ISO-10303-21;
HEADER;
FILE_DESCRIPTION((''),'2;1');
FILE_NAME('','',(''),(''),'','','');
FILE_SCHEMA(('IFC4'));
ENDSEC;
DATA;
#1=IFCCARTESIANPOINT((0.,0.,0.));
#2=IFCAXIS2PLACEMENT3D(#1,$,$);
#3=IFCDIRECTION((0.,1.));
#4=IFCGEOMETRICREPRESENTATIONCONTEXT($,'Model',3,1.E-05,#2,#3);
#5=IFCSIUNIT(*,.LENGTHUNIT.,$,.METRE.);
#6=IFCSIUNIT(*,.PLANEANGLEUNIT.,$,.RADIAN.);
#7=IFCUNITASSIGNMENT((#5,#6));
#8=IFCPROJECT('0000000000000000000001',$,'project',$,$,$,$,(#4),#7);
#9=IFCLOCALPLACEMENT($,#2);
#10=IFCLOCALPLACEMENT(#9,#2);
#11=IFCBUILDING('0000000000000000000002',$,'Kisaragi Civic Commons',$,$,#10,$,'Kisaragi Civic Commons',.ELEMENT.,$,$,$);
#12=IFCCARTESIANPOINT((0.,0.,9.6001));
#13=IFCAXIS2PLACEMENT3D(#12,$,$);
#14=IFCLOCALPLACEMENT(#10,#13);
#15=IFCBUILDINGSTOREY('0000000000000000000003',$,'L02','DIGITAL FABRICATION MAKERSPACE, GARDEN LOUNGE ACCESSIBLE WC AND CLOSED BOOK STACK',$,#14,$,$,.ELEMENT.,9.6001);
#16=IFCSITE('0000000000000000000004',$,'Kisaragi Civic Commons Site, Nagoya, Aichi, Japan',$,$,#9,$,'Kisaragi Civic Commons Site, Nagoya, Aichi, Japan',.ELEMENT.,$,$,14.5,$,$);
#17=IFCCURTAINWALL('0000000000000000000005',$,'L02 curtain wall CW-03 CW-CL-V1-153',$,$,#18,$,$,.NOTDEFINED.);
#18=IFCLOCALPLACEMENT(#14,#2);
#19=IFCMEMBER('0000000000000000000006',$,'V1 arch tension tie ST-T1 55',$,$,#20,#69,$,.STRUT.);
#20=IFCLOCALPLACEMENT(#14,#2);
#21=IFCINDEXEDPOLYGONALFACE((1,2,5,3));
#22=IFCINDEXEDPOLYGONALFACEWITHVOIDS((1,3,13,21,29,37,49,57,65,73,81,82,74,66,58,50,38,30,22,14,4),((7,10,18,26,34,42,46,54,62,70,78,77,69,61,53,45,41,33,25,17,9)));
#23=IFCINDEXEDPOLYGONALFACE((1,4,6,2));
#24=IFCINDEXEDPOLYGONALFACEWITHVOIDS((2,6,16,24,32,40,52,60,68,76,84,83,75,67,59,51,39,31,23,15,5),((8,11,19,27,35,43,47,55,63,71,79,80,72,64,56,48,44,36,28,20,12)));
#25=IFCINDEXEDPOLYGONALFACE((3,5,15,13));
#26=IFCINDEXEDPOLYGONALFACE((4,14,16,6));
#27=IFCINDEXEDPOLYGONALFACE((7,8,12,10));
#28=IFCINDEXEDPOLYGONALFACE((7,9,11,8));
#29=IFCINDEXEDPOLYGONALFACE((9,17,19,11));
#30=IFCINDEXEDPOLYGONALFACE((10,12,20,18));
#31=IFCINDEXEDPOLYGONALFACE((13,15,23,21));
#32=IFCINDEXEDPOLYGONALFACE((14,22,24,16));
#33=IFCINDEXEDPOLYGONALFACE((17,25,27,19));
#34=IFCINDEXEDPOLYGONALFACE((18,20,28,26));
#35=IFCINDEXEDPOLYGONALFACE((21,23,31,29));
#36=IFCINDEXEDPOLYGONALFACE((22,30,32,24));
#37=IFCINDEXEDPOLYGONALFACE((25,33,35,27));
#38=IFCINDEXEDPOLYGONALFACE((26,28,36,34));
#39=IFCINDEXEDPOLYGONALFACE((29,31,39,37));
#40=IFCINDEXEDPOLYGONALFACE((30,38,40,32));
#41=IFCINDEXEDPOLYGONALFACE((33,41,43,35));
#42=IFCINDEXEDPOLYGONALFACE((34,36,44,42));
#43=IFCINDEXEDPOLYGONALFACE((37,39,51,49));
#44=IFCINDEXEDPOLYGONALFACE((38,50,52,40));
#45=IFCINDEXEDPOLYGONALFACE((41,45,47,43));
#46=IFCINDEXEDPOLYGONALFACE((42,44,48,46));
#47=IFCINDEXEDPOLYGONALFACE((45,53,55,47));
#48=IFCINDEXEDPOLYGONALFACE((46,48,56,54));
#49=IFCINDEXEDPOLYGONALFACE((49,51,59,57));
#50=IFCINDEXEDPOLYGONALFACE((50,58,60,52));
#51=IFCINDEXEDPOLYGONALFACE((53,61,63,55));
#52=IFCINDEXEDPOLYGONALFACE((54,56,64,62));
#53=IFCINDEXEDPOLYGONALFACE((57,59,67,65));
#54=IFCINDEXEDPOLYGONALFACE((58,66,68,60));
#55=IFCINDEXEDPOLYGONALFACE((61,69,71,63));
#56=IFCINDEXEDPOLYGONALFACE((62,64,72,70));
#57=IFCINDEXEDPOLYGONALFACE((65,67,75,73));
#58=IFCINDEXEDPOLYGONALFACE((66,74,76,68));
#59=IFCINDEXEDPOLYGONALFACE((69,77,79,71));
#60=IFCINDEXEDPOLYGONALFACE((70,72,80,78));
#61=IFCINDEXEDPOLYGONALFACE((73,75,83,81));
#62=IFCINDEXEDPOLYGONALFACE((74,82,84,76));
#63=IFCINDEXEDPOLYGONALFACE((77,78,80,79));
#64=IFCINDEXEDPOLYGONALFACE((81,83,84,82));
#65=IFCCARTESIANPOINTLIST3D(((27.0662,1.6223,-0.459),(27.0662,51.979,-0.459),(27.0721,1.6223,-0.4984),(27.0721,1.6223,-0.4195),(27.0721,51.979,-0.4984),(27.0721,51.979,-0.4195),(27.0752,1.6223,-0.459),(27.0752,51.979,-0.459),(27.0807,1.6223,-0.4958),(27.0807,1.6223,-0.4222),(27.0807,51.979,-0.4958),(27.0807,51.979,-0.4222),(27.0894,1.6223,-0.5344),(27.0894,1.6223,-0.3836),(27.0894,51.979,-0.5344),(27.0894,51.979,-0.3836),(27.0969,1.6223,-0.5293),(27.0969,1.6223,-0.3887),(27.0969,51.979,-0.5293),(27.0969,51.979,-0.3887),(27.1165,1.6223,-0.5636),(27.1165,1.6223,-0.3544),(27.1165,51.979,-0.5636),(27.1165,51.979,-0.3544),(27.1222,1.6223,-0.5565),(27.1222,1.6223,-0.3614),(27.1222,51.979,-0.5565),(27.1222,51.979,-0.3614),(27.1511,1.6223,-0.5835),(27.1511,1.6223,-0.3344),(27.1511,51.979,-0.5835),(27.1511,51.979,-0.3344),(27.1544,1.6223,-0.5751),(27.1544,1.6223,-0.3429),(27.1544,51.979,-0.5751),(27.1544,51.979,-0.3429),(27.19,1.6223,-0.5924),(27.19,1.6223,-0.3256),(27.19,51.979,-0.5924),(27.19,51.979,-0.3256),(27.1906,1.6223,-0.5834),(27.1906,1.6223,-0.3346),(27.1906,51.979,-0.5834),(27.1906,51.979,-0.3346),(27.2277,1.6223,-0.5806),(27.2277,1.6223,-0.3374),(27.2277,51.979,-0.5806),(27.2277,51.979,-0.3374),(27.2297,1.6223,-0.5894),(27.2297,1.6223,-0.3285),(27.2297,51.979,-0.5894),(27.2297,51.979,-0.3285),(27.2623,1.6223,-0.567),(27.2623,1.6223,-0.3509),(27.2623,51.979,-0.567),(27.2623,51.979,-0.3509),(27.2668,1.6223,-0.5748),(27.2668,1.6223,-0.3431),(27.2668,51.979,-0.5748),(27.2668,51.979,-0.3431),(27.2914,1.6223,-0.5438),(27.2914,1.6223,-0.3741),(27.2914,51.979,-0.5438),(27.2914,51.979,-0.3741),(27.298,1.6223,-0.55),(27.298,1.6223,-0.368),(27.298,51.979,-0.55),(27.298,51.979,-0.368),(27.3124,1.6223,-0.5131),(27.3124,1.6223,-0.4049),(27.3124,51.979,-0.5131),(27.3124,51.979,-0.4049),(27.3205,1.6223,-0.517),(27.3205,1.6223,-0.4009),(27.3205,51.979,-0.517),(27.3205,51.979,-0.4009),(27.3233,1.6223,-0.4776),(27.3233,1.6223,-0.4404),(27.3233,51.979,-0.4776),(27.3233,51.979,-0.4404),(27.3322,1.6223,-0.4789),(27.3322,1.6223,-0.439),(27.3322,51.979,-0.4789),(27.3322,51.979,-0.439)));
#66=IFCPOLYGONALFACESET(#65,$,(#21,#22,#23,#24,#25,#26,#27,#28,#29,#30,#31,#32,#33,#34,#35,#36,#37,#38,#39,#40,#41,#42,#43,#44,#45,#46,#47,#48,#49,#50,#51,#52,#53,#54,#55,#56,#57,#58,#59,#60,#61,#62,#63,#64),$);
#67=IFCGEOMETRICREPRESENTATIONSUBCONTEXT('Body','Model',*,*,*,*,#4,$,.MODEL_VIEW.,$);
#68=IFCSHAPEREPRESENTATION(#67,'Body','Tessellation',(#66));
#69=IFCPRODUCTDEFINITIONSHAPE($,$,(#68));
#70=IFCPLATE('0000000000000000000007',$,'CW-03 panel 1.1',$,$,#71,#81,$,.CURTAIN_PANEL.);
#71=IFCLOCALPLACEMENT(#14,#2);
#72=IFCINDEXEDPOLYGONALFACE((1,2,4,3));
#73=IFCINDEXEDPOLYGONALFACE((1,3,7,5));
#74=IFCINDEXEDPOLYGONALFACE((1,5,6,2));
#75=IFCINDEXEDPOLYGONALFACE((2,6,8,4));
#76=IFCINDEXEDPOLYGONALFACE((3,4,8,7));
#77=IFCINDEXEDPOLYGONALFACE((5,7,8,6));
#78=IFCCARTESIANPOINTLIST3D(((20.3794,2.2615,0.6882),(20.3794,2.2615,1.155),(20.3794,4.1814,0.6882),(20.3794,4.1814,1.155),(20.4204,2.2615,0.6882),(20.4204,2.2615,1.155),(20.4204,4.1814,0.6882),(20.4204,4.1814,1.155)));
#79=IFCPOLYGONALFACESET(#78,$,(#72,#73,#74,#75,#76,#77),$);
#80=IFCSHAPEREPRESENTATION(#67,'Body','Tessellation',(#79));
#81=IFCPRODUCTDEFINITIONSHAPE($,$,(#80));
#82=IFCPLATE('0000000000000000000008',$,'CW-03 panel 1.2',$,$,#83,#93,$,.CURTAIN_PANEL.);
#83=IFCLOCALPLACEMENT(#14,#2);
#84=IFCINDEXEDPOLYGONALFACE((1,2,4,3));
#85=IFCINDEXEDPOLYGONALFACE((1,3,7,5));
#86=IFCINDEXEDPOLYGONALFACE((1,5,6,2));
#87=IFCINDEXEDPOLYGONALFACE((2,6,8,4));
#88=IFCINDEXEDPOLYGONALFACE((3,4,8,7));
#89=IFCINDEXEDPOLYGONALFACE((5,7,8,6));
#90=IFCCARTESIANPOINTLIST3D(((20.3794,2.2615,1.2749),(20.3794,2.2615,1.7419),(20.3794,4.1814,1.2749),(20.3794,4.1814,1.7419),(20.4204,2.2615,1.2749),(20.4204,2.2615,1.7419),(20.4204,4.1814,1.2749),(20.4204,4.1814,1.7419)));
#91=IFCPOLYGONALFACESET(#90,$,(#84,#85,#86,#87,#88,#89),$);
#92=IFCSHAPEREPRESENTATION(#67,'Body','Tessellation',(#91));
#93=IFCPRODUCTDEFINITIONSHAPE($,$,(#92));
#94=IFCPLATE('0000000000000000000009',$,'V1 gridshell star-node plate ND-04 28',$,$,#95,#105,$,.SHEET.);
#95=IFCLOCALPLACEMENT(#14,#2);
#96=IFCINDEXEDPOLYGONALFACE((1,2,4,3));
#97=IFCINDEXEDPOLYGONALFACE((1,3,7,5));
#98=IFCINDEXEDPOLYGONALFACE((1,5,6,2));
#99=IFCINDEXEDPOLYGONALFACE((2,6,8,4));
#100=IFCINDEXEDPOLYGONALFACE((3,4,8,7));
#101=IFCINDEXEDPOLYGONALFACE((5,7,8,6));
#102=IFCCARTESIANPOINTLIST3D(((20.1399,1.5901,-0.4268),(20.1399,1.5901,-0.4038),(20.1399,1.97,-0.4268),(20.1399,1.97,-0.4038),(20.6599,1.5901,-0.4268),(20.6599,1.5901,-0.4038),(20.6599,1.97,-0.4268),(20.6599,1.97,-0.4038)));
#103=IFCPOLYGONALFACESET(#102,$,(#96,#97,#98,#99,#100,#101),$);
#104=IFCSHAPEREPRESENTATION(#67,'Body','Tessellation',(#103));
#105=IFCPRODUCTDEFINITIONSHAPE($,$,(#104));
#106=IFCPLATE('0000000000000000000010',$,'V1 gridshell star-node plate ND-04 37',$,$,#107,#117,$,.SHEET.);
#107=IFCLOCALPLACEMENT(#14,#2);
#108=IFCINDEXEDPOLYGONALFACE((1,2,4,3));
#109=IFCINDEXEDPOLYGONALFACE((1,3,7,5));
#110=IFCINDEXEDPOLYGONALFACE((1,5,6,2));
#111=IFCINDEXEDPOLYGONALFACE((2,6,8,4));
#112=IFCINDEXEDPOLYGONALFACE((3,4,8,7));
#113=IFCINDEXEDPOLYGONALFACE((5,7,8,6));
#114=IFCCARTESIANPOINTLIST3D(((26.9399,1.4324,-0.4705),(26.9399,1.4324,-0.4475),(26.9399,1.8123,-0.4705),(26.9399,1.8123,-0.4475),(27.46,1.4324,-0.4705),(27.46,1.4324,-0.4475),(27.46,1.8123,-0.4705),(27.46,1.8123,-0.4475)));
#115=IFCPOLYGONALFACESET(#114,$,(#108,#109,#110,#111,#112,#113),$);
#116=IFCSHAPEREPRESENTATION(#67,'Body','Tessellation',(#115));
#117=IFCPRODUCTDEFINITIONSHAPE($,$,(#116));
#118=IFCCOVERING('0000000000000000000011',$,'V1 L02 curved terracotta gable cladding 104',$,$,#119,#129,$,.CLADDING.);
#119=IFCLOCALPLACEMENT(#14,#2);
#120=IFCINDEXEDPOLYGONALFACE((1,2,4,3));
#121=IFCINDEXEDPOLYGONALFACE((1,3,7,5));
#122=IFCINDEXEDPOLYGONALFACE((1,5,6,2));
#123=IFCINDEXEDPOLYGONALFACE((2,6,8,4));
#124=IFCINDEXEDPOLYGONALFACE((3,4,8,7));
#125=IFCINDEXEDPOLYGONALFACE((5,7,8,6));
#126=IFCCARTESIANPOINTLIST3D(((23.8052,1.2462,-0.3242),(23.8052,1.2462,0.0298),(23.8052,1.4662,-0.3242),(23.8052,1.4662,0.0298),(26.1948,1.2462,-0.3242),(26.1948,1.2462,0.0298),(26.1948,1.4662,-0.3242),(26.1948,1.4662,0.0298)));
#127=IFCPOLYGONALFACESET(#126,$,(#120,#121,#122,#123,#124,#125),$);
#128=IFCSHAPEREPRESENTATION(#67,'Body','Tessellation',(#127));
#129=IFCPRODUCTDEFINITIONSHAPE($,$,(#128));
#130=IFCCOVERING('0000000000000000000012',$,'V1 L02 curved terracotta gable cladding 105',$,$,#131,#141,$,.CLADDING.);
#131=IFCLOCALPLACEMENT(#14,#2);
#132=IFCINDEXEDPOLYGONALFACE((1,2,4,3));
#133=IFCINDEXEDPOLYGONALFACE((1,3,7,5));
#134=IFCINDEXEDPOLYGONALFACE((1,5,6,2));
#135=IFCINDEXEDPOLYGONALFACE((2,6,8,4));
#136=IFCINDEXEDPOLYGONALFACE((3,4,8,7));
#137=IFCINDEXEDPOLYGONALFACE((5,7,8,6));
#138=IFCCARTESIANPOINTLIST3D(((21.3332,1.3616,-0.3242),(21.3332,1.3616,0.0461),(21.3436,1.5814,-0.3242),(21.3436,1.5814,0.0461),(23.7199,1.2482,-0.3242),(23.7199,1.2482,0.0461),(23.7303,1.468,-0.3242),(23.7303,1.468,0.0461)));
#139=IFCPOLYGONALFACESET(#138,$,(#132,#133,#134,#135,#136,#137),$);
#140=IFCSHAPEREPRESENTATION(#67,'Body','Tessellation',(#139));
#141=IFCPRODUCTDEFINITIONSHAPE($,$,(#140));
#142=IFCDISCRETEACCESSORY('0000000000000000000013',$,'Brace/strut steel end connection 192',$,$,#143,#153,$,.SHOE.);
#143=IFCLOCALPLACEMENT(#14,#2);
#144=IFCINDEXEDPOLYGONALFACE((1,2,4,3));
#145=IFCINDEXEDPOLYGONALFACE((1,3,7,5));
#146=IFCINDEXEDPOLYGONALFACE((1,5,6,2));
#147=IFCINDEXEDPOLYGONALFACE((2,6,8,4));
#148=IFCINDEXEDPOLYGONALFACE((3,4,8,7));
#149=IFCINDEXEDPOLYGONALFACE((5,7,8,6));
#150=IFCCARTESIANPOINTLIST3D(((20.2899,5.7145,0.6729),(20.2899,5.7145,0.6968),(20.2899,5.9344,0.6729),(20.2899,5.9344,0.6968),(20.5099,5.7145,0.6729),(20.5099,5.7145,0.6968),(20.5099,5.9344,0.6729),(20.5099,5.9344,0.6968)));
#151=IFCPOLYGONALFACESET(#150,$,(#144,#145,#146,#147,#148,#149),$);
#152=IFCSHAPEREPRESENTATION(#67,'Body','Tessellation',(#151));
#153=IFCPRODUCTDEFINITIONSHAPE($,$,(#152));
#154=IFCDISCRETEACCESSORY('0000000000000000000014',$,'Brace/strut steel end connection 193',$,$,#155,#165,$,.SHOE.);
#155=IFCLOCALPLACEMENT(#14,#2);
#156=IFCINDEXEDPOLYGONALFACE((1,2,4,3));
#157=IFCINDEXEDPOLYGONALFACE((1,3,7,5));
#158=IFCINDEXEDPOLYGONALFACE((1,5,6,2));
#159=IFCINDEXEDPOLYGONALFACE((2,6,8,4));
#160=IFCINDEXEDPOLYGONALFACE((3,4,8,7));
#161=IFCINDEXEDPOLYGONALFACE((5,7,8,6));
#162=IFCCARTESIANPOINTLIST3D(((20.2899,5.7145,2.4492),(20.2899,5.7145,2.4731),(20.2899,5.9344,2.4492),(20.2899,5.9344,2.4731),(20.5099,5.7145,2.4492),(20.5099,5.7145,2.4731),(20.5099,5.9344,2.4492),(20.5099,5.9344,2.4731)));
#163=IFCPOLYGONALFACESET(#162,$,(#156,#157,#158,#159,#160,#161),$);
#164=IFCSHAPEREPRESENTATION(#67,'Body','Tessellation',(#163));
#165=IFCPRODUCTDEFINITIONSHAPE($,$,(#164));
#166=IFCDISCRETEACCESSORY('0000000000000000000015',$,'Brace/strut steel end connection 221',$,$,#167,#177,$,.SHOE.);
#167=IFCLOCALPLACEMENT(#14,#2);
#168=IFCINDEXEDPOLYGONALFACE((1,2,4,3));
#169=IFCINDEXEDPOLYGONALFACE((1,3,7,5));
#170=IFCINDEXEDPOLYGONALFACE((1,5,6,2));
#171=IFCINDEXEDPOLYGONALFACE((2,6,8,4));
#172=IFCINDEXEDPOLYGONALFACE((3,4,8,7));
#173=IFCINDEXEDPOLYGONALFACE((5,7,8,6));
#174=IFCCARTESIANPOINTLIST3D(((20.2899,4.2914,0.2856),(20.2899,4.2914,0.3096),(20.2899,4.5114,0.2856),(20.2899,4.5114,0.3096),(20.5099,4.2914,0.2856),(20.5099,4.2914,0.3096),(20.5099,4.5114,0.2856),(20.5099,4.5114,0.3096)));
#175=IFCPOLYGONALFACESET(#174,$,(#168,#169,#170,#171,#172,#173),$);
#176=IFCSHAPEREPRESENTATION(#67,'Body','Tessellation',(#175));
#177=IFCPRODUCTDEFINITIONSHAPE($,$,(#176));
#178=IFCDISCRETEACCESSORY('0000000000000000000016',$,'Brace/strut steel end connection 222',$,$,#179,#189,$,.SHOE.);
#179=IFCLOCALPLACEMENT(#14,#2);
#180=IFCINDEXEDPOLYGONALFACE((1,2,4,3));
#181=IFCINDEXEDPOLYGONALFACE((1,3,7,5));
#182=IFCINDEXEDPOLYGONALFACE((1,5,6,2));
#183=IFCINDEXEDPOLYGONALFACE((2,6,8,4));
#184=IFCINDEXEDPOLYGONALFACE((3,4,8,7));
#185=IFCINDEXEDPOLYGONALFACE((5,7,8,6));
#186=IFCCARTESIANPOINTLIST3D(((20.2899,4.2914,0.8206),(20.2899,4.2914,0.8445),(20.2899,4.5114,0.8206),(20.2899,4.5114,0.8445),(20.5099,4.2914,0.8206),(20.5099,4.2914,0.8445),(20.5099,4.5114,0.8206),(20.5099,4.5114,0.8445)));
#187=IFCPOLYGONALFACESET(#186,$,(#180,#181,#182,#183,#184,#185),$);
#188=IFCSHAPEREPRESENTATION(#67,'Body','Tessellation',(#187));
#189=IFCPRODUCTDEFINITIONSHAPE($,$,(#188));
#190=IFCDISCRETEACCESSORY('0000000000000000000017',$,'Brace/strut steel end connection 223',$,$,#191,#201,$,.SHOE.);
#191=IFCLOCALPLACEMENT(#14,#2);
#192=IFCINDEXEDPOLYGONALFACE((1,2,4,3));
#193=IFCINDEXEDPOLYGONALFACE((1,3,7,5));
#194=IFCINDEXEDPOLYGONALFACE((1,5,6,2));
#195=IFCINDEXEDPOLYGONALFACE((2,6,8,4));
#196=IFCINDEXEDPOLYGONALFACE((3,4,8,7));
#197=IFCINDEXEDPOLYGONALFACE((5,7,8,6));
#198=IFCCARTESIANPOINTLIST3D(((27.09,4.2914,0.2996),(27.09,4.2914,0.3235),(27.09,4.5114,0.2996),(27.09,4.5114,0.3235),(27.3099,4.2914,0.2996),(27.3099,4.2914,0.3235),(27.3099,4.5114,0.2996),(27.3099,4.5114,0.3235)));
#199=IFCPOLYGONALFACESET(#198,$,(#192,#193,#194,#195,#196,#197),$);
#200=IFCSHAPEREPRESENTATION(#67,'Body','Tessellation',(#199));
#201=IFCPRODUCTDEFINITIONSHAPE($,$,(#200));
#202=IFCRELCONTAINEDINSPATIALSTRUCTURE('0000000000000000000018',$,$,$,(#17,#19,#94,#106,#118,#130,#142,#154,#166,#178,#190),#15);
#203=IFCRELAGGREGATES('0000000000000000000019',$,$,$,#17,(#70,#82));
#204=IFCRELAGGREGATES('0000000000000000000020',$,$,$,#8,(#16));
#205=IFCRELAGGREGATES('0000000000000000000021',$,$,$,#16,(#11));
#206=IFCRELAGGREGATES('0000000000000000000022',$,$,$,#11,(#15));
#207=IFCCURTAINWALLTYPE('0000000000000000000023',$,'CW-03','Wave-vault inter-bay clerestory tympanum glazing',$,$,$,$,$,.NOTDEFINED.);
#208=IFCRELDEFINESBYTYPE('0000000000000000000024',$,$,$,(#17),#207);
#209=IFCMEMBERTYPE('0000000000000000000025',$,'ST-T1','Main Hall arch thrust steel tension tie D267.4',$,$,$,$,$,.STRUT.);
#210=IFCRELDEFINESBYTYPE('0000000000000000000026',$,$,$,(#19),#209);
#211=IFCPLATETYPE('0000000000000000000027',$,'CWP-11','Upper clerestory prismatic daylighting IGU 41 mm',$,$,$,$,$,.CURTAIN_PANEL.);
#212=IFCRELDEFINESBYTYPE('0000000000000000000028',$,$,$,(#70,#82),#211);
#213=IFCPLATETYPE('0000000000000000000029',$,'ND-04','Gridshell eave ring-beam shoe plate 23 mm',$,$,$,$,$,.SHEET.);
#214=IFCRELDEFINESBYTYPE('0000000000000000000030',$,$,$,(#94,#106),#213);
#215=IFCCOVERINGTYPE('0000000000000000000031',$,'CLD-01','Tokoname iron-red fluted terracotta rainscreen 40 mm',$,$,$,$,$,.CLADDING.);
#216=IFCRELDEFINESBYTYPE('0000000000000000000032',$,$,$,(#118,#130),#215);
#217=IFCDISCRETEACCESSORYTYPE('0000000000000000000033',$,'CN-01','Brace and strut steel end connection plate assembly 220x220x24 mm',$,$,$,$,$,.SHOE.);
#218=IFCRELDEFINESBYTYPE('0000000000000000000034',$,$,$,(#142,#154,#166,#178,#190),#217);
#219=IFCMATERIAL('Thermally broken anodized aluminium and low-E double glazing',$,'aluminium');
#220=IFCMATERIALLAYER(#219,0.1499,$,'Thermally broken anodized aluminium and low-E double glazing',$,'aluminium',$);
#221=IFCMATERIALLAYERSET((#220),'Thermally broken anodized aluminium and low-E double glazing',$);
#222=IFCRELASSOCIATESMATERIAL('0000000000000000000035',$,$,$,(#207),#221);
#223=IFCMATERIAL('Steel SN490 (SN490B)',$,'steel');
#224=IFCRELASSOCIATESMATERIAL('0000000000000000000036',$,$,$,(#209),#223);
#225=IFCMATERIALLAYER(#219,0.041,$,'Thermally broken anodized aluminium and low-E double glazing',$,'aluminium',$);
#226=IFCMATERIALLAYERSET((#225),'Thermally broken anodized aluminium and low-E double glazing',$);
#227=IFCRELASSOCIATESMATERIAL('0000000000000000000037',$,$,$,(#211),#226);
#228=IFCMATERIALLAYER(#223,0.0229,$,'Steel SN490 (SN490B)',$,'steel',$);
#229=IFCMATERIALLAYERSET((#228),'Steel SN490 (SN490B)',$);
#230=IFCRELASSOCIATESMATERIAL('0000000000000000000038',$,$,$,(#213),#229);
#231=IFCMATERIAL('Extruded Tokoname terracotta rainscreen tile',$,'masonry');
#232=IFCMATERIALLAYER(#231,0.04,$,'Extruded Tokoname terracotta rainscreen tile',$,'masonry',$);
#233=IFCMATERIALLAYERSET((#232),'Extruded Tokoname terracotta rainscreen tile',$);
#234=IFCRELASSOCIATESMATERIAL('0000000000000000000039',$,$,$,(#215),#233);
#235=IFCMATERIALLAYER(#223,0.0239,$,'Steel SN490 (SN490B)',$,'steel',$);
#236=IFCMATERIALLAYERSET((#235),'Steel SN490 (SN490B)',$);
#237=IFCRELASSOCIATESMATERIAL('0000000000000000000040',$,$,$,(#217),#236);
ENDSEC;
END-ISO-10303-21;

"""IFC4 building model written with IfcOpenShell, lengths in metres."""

from ifc_helpers import new_model, si_unit, direction, frame, origin, origin_2d, place, context, subcontext, project, spatial, rectangle, hollow_circle, extrude, material, layer, layer_set, material_profile, profile_set, type_object, element, aggregate, save


model = new_model("IFC4")

# Units and contexts
model_context = context("Model", 3, precision=1e-05, world=origin(), true_north=direction((0.0, 1.0)))
body_context = subcontext(model_context, "Body", "Model", "MODEL_VIEW")
ifc_project = project(units=[si_unit("LENGTHUNIT", "METRE"), si_unit("PLANEANGLEUNIT", "RADIAN")], contexts=[model_context])

# Site, building, storey
site_placement = place(None, origin())
site = spatial("IfcSite", under=ifc_project, at=site_placement, Name="Kisaragi Civic Commons Site, Nagoya, Aichi, Japan", LongName="Kisaragi Civic Commons Site, Nagoya, Aichi, Japan", CompositionType="ELEMENT", RefElevation=14.5)
building_placement = place(site_placement, origin())
building = spatial("IfcBuilding", under=site, at=building_placement, Name="Kisaragi Civic Commons", LongName="Kisaragi Civic Commons", CompositionType="ELEMENT")
storey_placement = place(building_placement, frame((0.0, 0.0, 9.6001)))
storey = spatial("IfcBuildingStorey", under=building, at=storey_placement, Name="L02", Description="DIGITAL FABRICATION MAKERSPACE, GARDEN LOUNGE ACCESSIBLE WC AND CLOSED BOOK STACK", CompositionType="ELEMENT", Elevation=9.6001)

# Curtain wall
ifc_material_1 = material(Name="Thermally broken anodized aluminium and low-E double glazing", Category="aluminium")
ifc_layer_1 = layer(ifc_material_1, 0.1499, Name="Thermally broken anodized aluminium and low-E double glazing", Category="aluminium")
ifc_layer_set_1 = layer_set([ifc_layer_1], Name="Thermally broken anodized aluminium and low-E double glazing")
curtain_wall_type = type_object("IfcCurtainWallType", Name="CW-03", Description="Wave-vault inter-bay clerestory tympanum glazing", PredefinedType="NOTDEFINED", material=ifc_layer_set_1)
curtain_wall_1_placement = place(storey_placement, origin())
curtain_wall_1 = element("IfcCurtainWall", 1, at=curtain_wall_1_placement, inside=storey, type_object=curtain_wall_type, Name="L02 curtain wall CW-03 CW-CL-V1-153", PredefinedType="NOTDEFINED")

# Member
ifc_material_2 = material(Name="Steel SN490 (SN490B)", Category="steel")
ifc_material_profile_1 = material_profile(ifc_material_2, hollow_circle(Radius=0.1338, WallThickness=0.009, at=origin_2d()), Name="CHS-267.4x9.0", Category="steel")
ifc_profile_set_1 = profile_set([ifc_material_profile_1], Name="Steel SN490 (SN490B)")
member_type_1 = type_object("IfcMemberType", Name="ST-T1", Description="Main Hall arch thrust steel tension tie D267.4", PredefinedType="STRUT", material=ifc_profile_set_1)
member_1_placement = place(storey_placement, frame((27.2, 1.6223, -0.459), z_axis=(0.0, 1.0, 0.0), x_axis=(-1.0, 0.0, 0.0)))
element("IfcMember", 2, at=member_1_placement, inside=storey, type_object=member_type_1, Name="V1 arch tension tie ST-T1 55", PredefinedType="STRUT", context=body_context, shape_type="SweptSolid", body=[
    extrude(hollow_circle(Radius=0.1338, WallThickness=0.009, at=origin_2d()), origin(), (0.0, 0.0, 1.0), 50.3567),
])

# Plates
ifc_layer_2 = layer(ifc_material_1, 0.041, Name="Thermally broken anodized aluminium and low-E double glazing", Category="aluminium")
ifc_layer_set_2 = layer_set([ifc_layer_2], Name="Thermally broken anodized aluminium and low-E double glazing")
plate_type_1 = type_object("IfcPlateType", Name="CWP-11", Description="Upper clerestory prismatic daylighting IGU 41 mm", PredefinedType="CURTAIN_PANEL", material=ifc_layer_set_2)
plate_1_placement = place(storey_placement, frame((20.3999, 3.2214, 0.6882), z_axis=(0.0, 0.0, 1.0), x_axis=(0.0, 1.0, 0.0)))
plate_1 = element("IfcPlate", 3, at=plate_1_placement, type_object=plate_type_1, Name="CW-03 panel 1.1", PredefinedType="CURTAIN_PANEL", context=body_context, shape_type="SweptSolid", body=[
    extrude(rectangle(XDim=1.9199, YDim=0.041, at=origin_2d()), origin(), (0.0, 0.0, 1.0), 0.4668),
])
plate_2_placement = place(storey_placement, frame((20.3999, 3.2214, 1.2749), z_axis=(0.0, 0.0, 1.0), x_axis=(0.0, 1.0, 0.0)))
plate_2 = element("IfcPlate", 4, at=plate_2_placement, type_object=plate_type_1, Name="CW-03 panel 1.2", PredefinedType="CURTAIN_PANEL", context=body_context, shape_type="SweptSolid", body=[
    extrude(rectangle(XDim=1.9199, YDim=0.041, at=origin_2d()), origin(), (0.0, 0.0, 1.0), 0.467),
])
aggregate(curtain_wall_1, [plate_1, plate_2])

# Plates
ifc_layer_3 = layer(ifc_material_2, 0.0229, Name="Steel SN490 (SN490B)", Category="steel")
ifc_layer_set_3 = layer_set([ifc_layer_3], Name="Steel SN490 (SN490B)")
plate_type_2 = type_object("IfcPlateType", Name="ND-04", Description="Gridshell eave ring-beam shoe plate 23 mm", PredefinedType="SHEET", material=ifc_layer_set_3)
for number, where, z_axis, x_axis, name in (
    (5, (20.3999, 1.78, -0.4268), (0.0, 0.0, 1.0), (1.0, 0.0, 0.0), "V1 gridshell star-node plate ND-04 28"),
    (6, (27.2, 1.6223, -0.4705), (0.0, 0.0, 1.0), (1.0, 0.0, 0.0), "V1 gridshell star-node plate ND-04 37"),
):
    element("IfcPlate", number, at=place(storey_placement, frame(where, z_axis=z_axis, x_axis=x_axis)), inside=storey, type_object=plate_type_2, Name=name, PredefinedType="SHEET", context=body_context, shape_type="SweptSolid", body=[
        extrude(rectangle(XDim=0.52, YDim=0.3799, at=origin_2d()), origin(), (0.0, 0.0, 1.0), 0.0229),
    ])

# Coverings
ifc_material_3 = material(Name="Extruded Tokoname terracotta rainscreen tile", Category="masonry")
ifc_layer_4 = layer(ifc_material_3, 0.04, Name="Extruded Tokoname terracotta rainscreen tile", Category="masonry")
ifc_layer_set_4 = layer_set([ifc_layer_4], Name="Extruded Tokoname terracotta rainscreen tile")
covering_type = type_object("IfcCoveringType", Name="CLD-01", Description="Tokoname iron-red fluted terracotta rainscreen 40 mm", PredefinedType="CLADDING", material=ifc_layer_set_4)
covering_1_placement = place(storey_placement, frame((25.0, 1.3562, -0.3242), z_axis=(0.0, 0.0, 1.0), x_axis=(-1.0, 0.0, 0.0)))
element("IfcCovering", 7, at=covering_1_placement, inside=storey, type_object=covering_type, Name="V1 L02 curved terracotta gable cladding 104", PredefinedType="CLADDING", context=body_context, shape_type="SweptSolid", body=[
    extrude(rectangle(XDim=2.3896, YDim=0.22, at=origin_2d()), origin(), (0.0, 0.0, 1.0), 0.354),
])
covering_2_placement = place(storey_placement, frame((22.5317, 1.4148, -0.3242), z_axis=(0.0, 0.0, 1.0), x_axis=(-0.998873, 0.047455, 0.0)))
element("IfcCovering", 8, at=covering_2_placement, inside=storey, type_object=covering_type, Name="V1 L02 curved terracotta gable cladding 105", PredefinedType="CLADDING", context=body_context, shape_type="SweptSolid", body=[
    extrude(rectangle(XDim=2.3894, YDim=0.22, at=origin_2d()), origin(), (0.0, 0.0, 1.0), 0.3704),
])

# Discrete accessories
ifc_layer_5 = layer(ifc_material_2, 0.0239, Name="Steel SN490 (SN490B)", Category="steel")
ifc_layer_set_5 = layer_set([ifc_layer_5], Name="Steel SN490 (SN490B)")
discrete_accessory_type = type_object("IfcDiscreteAccessoryType", Name="CN-01", Description="Brace and strut steel end connection plate assembly 220x220x24 mm", PredefinedType="SHOE", material=ifc_layer_set_5)
for number, where, z_axis, x_axis, name in (
    (9, (20.3999, 5.8245, 0.6729), (0.0, 0.0, 1.0), (1.0, 0.0, 0.0), "Brace/strut steel end connection 192"),
    (10, (20.3999, 5.8245, 2.4492), (0.0, 0.0, 1.0), (1.0, 0.0, 0.0), "Brace/strut steel end connection 193"),
    (11, (20.3999, 4.4014, 0.2856), (0.0, 0.0, 1.0), (1.0, 0.0, 0.0), "Brace/strut steel end connection 221"),
    (12, (20.3999, 4.4014, 0.8206), (0.0, 0.0, 1.0), (1.0, 0.0, 0.0), "Brace/strut steel end connection 222"),
    (13, (27.2, 4.4014, 0.2996), (0.0, 0.0, 1.0), (1.0, 0.0, 0.0), "Brace/strut steel end connection 223"),
):
    element("IfcDiscreteAccessory", number, at=place(storey_placement, frame(where, z_axis=z_axis, x_axis=x_axis)), inside=storey, type_object=discrete_accessory_type, Name=name, PredefinedType="SHOE", context=body_context, shape_type="SweptSolid", body=[
        extrude(rectangle(XDim=0.22, YDim=0.22, at=origin_2d()), origin(), (0.0, 0.0, 1.0), 0.0239),
    ])

save(model, "model.ifc")
